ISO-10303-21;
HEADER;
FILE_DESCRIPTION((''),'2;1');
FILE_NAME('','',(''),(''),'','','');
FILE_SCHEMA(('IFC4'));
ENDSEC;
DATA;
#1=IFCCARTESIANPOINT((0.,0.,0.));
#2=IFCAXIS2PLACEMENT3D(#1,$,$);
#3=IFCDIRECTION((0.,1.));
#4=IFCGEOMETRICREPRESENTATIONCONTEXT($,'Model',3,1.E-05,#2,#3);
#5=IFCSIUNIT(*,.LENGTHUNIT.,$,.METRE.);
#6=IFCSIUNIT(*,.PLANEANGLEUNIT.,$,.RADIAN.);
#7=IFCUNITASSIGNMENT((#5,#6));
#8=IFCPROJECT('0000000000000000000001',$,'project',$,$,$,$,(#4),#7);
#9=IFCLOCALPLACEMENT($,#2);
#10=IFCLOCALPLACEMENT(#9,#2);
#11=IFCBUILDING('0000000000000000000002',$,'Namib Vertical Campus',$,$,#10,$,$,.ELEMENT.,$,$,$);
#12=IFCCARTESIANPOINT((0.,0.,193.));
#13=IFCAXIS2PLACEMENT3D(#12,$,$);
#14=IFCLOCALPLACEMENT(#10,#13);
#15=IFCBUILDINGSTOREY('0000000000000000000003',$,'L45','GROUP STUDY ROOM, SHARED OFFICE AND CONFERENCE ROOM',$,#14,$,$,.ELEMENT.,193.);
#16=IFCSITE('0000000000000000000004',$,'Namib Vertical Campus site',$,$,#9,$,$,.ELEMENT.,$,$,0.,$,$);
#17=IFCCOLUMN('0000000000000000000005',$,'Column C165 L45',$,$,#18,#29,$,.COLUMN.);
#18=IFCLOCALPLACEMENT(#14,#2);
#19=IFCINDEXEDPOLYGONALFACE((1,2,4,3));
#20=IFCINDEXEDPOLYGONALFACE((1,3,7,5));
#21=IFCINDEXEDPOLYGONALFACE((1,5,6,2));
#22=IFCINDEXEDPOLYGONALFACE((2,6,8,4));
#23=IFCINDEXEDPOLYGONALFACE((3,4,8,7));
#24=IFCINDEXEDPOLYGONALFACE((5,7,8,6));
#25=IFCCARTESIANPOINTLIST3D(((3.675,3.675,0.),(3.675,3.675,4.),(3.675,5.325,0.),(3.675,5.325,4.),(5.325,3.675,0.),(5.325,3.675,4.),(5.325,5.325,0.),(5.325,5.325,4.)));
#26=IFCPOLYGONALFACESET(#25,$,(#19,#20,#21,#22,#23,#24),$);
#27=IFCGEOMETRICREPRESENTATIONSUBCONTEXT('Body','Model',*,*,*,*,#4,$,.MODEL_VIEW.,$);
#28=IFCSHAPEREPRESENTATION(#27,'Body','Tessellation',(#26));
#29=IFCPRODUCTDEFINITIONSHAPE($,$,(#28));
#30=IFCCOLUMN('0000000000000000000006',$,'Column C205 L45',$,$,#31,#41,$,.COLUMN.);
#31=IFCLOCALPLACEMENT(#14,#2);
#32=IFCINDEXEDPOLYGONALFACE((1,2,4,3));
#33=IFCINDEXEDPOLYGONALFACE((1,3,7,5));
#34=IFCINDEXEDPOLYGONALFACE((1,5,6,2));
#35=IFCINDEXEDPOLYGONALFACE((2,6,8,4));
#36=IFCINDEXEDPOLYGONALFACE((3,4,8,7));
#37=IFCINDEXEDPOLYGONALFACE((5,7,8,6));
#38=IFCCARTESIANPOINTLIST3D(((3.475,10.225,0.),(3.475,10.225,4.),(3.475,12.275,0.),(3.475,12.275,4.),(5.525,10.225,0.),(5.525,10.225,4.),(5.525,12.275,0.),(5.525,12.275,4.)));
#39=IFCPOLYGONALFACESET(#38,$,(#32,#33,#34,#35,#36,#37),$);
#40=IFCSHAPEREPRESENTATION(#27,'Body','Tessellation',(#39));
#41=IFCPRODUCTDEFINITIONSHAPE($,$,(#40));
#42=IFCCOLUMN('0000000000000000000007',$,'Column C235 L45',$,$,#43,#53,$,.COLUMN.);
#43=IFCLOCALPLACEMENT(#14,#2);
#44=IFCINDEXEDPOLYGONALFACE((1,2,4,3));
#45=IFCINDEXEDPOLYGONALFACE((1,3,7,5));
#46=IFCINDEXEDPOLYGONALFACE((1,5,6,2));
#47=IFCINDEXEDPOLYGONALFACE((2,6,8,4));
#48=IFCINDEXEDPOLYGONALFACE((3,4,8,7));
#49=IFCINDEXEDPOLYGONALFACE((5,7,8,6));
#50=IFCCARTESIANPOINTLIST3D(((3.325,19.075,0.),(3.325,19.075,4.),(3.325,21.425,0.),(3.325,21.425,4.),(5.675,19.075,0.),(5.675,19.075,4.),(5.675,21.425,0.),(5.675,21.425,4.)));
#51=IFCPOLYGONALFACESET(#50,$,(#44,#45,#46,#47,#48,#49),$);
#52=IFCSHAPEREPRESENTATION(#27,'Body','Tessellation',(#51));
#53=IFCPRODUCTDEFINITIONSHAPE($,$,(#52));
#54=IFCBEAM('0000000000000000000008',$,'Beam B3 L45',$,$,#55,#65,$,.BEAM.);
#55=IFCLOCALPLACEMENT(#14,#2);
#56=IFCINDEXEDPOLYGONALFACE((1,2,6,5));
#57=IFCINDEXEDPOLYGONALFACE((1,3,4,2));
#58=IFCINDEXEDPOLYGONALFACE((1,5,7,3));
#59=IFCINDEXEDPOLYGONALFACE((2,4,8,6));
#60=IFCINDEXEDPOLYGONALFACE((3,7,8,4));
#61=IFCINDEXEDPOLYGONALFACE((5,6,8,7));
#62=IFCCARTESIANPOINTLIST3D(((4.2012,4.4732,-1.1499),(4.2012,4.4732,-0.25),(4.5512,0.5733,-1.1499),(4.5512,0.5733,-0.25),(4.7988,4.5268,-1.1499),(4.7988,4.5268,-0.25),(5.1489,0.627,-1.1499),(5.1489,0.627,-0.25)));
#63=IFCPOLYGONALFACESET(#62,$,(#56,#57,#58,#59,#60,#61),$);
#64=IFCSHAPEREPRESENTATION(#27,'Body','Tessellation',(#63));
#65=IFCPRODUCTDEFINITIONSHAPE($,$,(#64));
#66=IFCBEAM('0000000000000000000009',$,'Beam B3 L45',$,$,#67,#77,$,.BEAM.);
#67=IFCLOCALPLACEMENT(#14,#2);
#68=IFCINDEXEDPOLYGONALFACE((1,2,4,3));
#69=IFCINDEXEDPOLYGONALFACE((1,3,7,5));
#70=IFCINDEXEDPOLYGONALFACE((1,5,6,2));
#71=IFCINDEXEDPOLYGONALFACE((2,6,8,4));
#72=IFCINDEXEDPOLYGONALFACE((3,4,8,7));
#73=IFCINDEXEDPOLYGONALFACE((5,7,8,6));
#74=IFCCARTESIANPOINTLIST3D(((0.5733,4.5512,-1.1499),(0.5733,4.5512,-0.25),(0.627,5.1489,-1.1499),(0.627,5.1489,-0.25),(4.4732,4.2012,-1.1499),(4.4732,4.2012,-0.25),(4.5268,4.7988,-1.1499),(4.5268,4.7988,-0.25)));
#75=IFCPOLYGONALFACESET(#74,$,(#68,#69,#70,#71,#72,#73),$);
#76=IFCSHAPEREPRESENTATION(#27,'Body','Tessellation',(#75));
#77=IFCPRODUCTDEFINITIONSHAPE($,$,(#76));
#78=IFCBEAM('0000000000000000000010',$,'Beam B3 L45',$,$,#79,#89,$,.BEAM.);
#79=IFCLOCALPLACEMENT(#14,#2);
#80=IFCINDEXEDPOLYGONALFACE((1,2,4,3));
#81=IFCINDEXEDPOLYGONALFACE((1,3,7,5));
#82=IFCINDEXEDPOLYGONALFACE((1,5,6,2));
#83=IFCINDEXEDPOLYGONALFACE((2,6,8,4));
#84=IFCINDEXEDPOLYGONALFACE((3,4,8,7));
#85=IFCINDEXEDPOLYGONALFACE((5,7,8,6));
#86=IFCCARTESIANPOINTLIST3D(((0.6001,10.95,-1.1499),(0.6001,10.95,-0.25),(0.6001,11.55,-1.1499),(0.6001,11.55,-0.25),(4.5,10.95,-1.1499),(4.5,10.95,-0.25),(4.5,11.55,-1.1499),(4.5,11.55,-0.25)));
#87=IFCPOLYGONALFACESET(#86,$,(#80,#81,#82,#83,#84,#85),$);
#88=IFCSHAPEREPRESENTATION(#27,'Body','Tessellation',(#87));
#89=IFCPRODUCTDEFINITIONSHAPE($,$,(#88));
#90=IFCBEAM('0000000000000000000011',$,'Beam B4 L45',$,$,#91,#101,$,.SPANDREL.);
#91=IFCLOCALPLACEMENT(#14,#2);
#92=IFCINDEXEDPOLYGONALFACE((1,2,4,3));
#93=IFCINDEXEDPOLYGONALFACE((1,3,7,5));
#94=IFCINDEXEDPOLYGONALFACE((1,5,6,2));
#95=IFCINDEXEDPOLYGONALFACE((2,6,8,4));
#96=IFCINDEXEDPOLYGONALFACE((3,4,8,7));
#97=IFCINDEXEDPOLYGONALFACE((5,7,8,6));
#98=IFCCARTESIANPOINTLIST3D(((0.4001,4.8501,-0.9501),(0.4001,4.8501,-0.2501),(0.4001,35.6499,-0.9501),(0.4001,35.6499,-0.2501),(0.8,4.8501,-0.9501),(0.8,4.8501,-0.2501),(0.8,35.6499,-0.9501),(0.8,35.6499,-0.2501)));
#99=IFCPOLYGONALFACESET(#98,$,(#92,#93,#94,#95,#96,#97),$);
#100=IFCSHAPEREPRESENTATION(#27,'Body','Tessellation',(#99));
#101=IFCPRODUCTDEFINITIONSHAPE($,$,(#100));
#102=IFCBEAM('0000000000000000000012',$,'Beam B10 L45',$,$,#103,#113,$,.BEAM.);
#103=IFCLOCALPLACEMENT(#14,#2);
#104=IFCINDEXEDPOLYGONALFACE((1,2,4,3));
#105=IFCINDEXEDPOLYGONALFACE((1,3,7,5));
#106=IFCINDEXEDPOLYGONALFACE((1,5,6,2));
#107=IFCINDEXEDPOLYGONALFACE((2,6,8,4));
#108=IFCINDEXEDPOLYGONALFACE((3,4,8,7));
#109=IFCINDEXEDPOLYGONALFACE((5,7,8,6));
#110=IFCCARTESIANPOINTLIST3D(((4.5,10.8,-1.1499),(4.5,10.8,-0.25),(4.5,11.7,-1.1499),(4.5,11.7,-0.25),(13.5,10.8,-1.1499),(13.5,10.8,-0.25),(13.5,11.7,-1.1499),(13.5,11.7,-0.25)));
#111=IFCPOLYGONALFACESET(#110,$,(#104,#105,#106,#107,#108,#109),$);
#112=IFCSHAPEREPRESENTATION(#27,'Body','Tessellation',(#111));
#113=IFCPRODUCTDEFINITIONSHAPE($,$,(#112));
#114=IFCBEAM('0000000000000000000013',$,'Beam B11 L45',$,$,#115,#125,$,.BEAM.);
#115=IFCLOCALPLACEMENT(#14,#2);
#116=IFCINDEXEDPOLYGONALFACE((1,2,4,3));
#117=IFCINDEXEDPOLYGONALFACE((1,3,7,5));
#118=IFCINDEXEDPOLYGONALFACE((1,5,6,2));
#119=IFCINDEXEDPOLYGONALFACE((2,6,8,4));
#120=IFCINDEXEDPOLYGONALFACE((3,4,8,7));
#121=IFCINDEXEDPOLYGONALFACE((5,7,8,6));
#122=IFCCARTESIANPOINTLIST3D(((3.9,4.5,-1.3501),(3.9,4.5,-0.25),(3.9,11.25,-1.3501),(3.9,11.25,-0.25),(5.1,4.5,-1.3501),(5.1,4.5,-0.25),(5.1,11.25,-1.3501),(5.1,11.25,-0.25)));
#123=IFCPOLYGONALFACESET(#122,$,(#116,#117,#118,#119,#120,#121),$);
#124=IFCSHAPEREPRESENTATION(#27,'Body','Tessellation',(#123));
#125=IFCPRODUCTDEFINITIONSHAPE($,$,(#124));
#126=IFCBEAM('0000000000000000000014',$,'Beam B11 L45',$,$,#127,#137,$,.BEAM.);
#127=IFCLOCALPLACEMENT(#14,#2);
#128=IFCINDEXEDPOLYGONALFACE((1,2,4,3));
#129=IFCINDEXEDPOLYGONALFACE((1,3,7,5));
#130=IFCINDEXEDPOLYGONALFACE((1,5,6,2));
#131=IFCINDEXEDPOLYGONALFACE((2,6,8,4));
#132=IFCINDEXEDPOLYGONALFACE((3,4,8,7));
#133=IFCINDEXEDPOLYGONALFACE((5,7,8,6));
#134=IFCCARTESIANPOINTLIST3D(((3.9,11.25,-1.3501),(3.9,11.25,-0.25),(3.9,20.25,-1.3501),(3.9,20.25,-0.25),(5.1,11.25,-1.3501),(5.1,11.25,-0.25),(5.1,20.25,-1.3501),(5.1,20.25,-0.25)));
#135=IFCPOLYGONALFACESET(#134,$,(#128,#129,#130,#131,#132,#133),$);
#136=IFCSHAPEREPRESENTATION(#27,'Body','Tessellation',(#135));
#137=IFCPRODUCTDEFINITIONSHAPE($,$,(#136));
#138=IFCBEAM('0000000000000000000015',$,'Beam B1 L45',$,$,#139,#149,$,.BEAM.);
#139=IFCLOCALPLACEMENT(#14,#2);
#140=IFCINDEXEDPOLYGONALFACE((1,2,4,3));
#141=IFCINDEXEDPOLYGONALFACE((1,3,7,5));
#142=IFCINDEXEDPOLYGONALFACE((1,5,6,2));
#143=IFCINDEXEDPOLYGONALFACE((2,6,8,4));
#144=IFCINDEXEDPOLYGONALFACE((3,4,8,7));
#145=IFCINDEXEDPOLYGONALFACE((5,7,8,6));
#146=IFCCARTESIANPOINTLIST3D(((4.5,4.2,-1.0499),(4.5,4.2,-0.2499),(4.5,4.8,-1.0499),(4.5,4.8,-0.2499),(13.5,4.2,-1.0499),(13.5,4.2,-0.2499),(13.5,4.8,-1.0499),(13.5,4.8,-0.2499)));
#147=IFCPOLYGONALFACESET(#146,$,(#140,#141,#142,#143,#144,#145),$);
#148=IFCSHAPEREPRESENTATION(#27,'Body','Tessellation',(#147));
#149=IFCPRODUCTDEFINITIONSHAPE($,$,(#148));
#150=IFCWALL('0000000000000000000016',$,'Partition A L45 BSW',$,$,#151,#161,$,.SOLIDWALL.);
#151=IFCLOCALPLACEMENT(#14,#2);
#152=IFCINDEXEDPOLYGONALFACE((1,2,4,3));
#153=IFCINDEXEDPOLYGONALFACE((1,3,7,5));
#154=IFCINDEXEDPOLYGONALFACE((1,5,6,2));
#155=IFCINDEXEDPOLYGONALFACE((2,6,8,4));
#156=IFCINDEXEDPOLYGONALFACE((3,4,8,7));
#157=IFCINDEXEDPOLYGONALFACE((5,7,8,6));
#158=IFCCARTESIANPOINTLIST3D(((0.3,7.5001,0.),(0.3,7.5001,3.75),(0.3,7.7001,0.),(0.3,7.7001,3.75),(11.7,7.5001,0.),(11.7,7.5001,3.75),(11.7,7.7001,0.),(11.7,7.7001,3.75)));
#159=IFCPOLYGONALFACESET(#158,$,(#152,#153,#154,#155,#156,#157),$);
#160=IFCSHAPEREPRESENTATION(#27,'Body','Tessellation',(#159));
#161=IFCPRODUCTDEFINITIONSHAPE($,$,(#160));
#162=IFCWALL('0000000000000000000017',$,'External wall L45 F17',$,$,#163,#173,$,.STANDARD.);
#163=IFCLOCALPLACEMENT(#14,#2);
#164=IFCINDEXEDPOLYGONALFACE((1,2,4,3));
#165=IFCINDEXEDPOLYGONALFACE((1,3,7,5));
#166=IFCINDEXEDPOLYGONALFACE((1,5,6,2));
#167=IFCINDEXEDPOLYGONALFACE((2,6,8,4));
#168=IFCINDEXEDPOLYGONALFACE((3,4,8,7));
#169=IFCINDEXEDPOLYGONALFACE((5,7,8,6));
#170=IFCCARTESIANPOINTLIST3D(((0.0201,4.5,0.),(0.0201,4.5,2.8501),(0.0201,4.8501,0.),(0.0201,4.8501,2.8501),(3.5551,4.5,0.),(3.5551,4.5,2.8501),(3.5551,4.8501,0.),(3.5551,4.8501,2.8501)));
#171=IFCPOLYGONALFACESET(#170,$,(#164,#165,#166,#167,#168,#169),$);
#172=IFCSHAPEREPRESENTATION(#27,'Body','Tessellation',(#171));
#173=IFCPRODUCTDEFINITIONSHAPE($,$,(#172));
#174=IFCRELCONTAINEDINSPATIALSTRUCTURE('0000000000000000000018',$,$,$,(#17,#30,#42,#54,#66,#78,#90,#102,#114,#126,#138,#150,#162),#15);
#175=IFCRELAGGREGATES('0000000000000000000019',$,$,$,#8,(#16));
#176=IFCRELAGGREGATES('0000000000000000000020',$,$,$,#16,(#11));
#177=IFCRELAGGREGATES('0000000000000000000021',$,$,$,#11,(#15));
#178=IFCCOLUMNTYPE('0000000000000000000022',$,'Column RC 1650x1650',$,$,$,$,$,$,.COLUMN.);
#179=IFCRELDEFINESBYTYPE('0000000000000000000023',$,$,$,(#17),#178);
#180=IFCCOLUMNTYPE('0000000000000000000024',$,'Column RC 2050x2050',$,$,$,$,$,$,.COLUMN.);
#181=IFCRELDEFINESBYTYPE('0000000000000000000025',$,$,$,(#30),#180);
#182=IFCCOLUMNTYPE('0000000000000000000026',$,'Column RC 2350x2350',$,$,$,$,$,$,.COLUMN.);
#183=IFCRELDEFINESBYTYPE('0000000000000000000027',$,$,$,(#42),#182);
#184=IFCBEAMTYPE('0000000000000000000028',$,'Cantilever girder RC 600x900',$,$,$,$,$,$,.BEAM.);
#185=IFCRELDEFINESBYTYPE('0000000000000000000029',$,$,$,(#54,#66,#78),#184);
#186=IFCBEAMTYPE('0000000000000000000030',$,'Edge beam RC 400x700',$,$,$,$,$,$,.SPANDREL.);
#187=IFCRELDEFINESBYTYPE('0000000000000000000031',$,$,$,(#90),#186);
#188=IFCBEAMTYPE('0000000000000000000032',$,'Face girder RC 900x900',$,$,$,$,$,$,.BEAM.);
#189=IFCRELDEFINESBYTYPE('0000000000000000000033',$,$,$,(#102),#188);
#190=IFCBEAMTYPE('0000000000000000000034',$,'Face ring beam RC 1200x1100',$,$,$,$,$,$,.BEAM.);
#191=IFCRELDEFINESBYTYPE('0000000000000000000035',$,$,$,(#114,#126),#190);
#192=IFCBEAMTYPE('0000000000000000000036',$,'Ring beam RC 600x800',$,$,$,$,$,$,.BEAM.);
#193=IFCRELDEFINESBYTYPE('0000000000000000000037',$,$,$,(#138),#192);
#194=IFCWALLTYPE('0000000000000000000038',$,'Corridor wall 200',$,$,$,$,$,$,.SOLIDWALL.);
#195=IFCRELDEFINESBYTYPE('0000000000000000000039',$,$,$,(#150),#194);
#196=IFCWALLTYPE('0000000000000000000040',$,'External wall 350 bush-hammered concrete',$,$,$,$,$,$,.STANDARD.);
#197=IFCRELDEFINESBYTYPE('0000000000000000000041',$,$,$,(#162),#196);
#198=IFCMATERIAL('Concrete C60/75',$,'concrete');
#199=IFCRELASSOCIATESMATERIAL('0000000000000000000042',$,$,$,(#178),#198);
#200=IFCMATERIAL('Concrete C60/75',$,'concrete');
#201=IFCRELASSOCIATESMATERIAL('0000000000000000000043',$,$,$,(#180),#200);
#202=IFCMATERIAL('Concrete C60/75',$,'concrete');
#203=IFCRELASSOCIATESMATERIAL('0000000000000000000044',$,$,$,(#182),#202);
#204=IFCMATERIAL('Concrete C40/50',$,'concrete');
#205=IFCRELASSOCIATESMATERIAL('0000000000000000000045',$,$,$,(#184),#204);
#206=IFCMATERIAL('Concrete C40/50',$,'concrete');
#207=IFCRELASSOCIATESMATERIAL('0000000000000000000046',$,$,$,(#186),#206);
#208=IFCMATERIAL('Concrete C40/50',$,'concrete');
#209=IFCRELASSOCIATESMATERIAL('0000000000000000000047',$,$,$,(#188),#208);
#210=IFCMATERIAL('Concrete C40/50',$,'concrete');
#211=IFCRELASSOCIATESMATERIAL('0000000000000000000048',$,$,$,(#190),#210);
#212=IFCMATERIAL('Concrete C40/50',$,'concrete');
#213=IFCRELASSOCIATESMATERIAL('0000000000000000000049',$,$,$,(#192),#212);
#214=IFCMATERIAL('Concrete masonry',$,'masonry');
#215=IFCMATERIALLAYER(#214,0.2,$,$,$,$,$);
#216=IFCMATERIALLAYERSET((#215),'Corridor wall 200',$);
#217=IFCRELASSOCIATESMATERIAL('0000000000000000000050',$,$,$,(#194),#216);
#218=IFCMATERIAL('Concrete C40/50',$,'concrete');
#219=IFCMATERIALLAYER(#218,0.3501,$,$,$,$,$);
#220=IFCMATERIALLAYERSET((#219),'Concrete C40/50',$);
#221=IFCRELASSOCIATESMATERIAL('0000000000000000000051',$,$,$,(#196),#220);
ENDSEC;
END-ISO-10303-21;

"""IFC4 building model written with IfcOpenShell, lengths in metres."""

from ifc_helpers import new_model, si_unit, direction, frame, frame_2d, origin, origin_2d, place, context, subcontext, project, spatial, rectangle, extrude, material, layer, layer_set, material_profile, profile_set, type_object, element, save


model = new_model("IFC4")

# Units and contexts
model_context = context("Model", 3, precision=1e-05, world=origin(), true_north=direction((0.0, 1.0)))
body_context = subcontext(model_context, "Body", "Model", "MODEL_VIEW")
ifc_project = project(units=[si_unit("LENGTHUNIT", "METRE"), si_unit("PLANEANGLEUNIT", "RADIAN")], contexts=[model_context])

# Site, building, storey
site_placement = place(None, origin())
site = spatial("IfcSite", under=ifc_project, at=site_placement, Name="Namib Vertical Campus site", CompositionType="ELEMENT", RefElevation=0.0)
building_placement = place(site_placement, origin())
building = spatial("IfcBuilding", under=site, at=building_placement, Name="Namib Vertical Campus", CompositionType="ELEMENT")
storey_placement = place(building_placement, frame((0.0, 0.0, 193.0)))
storey = spatial("IfcBuildingStorey", under=building, at=storey_placement, Name="L45", Description="GROUP STUDY ROOM, SHARED OFFICE AND CONFERENCE ROOM", CompositionType="ELEMENT", Elevation=193.0)

# Columns
ifc_material_1 = material(Name="Concrete C60/75", Category="concrete")
ifc_material_profile_1 = material_profile(ifc_material_1, rectangle(XDim=1.6499, YDim=1.6499, at=origin_2d()))
ifc_profile_set_1 = profile_set([ifc_material_profile_1], Name="Concrete C60/75")
column_type_1 = type_object("IfcColumnType", Name="Column RC 1650x1650", PredefinedType="COLUMN", material=ifc_profile_set_1)
column_1_placement = place(storey_placement, frame((4.5, 4.5, 0.0), z_axis=(0.0, 0.0, 1.0), x_axis=(1.0, 0.0, 0.0)))
element("IfcColumn", 1, at=column_1_placement, inside=storey, type_object=column_type_1, Name="Column C165 L45", PredefinedType="COLUMN", context=body_context, shape_type="SweptSolid", body=[
    extrude(rectangle(XDim=1.6499, YDim=1.6499, at=origin_2d()), origin(), (0.0, 0.0, 1.0), 4.0),
])
ifc_material_2 = material(Name="Concrete C60/75", Category="concrete")
ifc_material_profile_2 = material_profile(ifc_material_2, rectangle(XDim=2.05, YDim=2.05, at=origin_2d()))
ifc_profile_set_2 = profile_set([ifc_material_profile_2], Name="Concrete C60/75")
column_type_2 = type_object("IfcColumnType", Name="Column RC 2050x2050", PredefinedType="COLUMN", material=ifc_profile_set_2)
column_2_placement = place(storey_placement, frame((4.5, 11.25, 0.0), z_axis=(0.0, 0.0, 1.0), x_axis=(1.0, 0.0, 0.0)))
element("IfcColumn", 2, at=column_2_placement, inside=storey, type_object=column_type_2, Name="Column C205 L45", PredefinedType="COLUMN", context=body_context, shape_type="SweptSolid", body=[
    extrude(rectangle(XDim=2.05, YDim=2.05, at=origin_2d()), origin(), (0.0, 0.0, 1.0), 4.0),
])
ifc_material_3 = material(Name="Concrete C60/75", Category="concrete")
ifc_material_profile_3 = material_profile(ifc_material_3, rectangle(XDim=2.3501, YDim=2.3501, at=origin_2d()))
ifc_profile_set_3 = profile_set([ifc_material_profile_3], Name="Concrete C60/75")
column_type_3 = type_object("IfcColumnType", Name="Column RC 2350x2350", PredefinedType="COLUMN", material=ifc_profile_set_3)
column_3_placement = place(storey_placement, frame((4.5, 20.25, 0.0), z_axis=(0.0, 0.0, 1.0), x_axis=(1.0, 0.0, 0.0)))
element("IfcColumn", 3, at=column_3_placement, inside=storey, type_object=column_type_3, Name="Column C235 L45", PredefinedType="COLUMN", context=body_context, shape_type="SweptSolid", body=[
    extrude(rectangle(XDim=2.3501, YDim=2.3501, at=origin_2d()), origin(), (0.0, 0.0, 1.0), 4.0),
])

# Beams
ifc_material_4 = material(Name="Concrete C40/50", Category="concrete")
ifc_material_profile_4 = material_profile(ifc_material_4, rectangle(XDim=0.6001, YDim=0.8999, at=origin_2d()))
ifc_profile_set_4 = profile_set([ifc_material_profile_4], Name="Concrete C40/50")
beam_type_1 = type_object("IfcBeamType", Name="Cantilever girder RC 600x900", PredefinedType="BEAM", material=ifc_profile_set_4)
for number, where, z_axis, x_axis, name in (
    (4, (4.5, 4.5, -0.7), (0.089411, -0.995995, 0.0), (0.995995, 0.089411, 0.0), "Beam B3 L45"),
    (5, (4.5, 4.5, -0.7), (-0.995995, 0.089411, 0.0), (-0.089411, -0.995995, 0.0), "Beam B3 L45"),
):
    element("IfcBeam", number, at=place(storey_placement, frame(where, z_axis=z_axis, x_axis=x_axis)), inside=storey, type_object=beam_type_1, Name=name, PredefinedType="BEAM", context=body_context, shape_type="SweptSolid", body=[
        extrude(rectangle(XDim=0.6001, YDim=0.8999, at=origin_2d()), origin(), (0.0, 0.0, 1.0), 3.9155),
    ])
beam_1_placement = place(storey_placement, frame((4.5, 11.25, -0.7), z_axis=(-1.0, 0.0, 0.0), x_axis=(0.0, -1.0, 0.0)))
element("IfcBeam", 6, at=beam_1_placement, inside=storey, type_object=beam_type_1, Name="Beam B3 L45", PredefinedType="BEAM", context=body_context, shape_type="SweptSolid", body=[
    extrude(rectangle(XDim=0.6001, YDim=0.8999, at=origin_2d()), origin(), (0.0, 0.0, 1.0), 3.8999),
])
ifc_material_5 = material(Name="Concrete C40/50", Category="concrete")
ifc_material_profile_5 = material_profile(ifc_material_5, rectangle(XDim=0.3999, YDim=0.7, at=origin_2d()))
ifc_profile_set_5 = profile_set([ifc_material_profile_5], Name="Concrete C40/50")
beam_type_2 = type_object("IfcBeamType", Name="Edge beam RC 400x700", PredefinedType="SPANDREL", material=ifc_profile_set_5)
beam_2_placement = place(storey_placement, frame((0.6001, 4.8501, -0.6001), z_axis=(0.0, 1.0, 0.0), x_axis=(-1.0, 0.0, 0.0)))
element("IfcBeam", 7, at=beam_2_placement, inside=storey, type_object=beam_type_2, Name="Beam B4 L45", PredefinedType="SPANDREL", context=body_context, shape_type="SweptSolid", body=[
    extrude(rectangle(XDim=0.3999, YDim=0.7, at=origin_2d()), origin(), (0.0, 0.0, 1.0), 30.7998),
])
ifc_material_6 = material(Name="Concrete C40/50", Category="concrete")
ifc_material_profile_6 = material_profile(ifc_material_6, rectangle(XDim=0.8999, YDim=0.8999, at=origin_2d()))
ifc_profile_set_6 = profile_set([ifc_material_profile_6], Name="Concrete C40/50")
beam_type_3 = type_object("IfcBeamType", Name="Face girder RC 900x900", PredefinedType="BEAM", material=ifc_profile_set_6)
beam_3_placement = place(storey_placement, frame((4.5, 11.25, -0.7), z_axis=(1.0, 0.0, 0.0), x_axis=(0.0, 1.0, 0.0)))
element("IfcBeam", 8, at=beam_3_placement, inside=storey, type_object=beam_type_3, Name="Beam B10 L45", PredefinedType="BEAM", context=body_context, shape_type="SweptSolid", body=[
    extrude(rectangle(XDim=0.8999, YDim=0.8999, at=origin_2d()), origin(), (0.0, 0.0, 1.0), 9.0),
])
ifc_material_7 = material(Name="Concrete C40/50", Category="concrete")
ifc_material_profile_7 = material_profile(ifc_material_7, rectangle(XDim=1.2, YDim=1.1001, at=origin_2d()))
ifc_profile_set_7 = profile_set([ifc_material_profile_7], Name="Concrete C40/50")
beam_type_4 = type_object("IfcBeamType", Name="Face ring beam RC 1200x1100", PredefinedType="BEAM", material=ifc_profile_set_7)
beam_4_placement = place(storey_placement, frame((4.5, 4.5, -0.8), z_axis=(0.0, 1.0, 0.0), x_axis=(-1.0, 0.0, 0.0)))
element("IfcBeam", 9, at=beam_4_placement, inside=storey, type_object=beam_type_4, Name="Beam B11 L45", PredefinedType="BEAM", context=body_context, shape_type="SweptSolid", body=[
    extrude(rectangle(XDim=1.2, YDim=1.1001, at=origin_2d()), origin(), (0.0, 0.0, 1.0), 6.75),
])
beam_5_placement = place(storey_placement, frame((4.5, 11.25, -0.8), z_axis=(0.0, 1.0, 0.0), x_axis=(-1.0, 0.0, 0.0)))
element("IfcBeam", 10, at=beam_5_placement, inside=storey, type_object=beam_type_4, Name="Beam B11 L45", PredefinedType="BEAM", context=body_context, shape_type="SweptSolid", body=[
    extrude(rectangle(XDim=1.2, YDim=1.1001, at=origin_2d()), origin(), (0.0, 0.0, 1.0), 9.0),
])
ifc_material_8 = material(Name="Concrete C40/50", Category="concrete")
ifc_material_profile_8 = material_profile(ifc_material_8, rectangle(XDim=0.6001, YDim=0.8, at=origin_2d()))
ifc_profile_set_8 = profile_set([ifc_material_profile_8], Name="Concrete C40/50")
beam_type_5 = type_object("IfcBeamType", Name="Ring beam RC 600x800", PredefinedType="BEAM", material=ifc_profile_set_8)
beam_6_placement = place(storey_placement, frame((4.5, 4.5, -0.6499), z_axis=(1.0, 0.0, 0.0), x_axis=(0.0, 1.0, 0.0)))
element("IfcBeam", 11, at=beam_6_placement, inside=storey, type_object=beam_type_5, Name="Beam B1 L45", PredefinedType="BEAM", context=body_context, shape_type="SweptSolid", body=[
    extrude(rectangle(XDim=0.6001, YDim=0.8, at=origin_2d()), origin(), (0.0, 0.0, 1.0), 9.0),
])

# Walls
ifc_material_9 = material(Name="Concrete masonry", Category="masonry")
ifc_layer_1 = layer(ifc_material_9, 0.2)
ifc_layer_set_1 = layer_set([ifc_layer_1], Name="Corridor wall 200")
wall_type_1 = type_object("IfcWallType", Name="Corridor wall 200", PredefinedType="SOLIDWALL", material=ifc_layer_set_1)
wall_1_placement = place(storey_placement, frame((0.3, 7.6001, 0.0), z_axis=(0.0, 0.0, 1.0), x_axis=(1.0, 0.0, 0.0)))
element("IfcWall", 12, at=wall_1_placement, inside=storey, type_object=wall_type_1, Name="Partition A L45 BSW", PredefinedType="SOLIDWALL", context=body_context, shape_type="SweptSolid", body=[
    extrude(rectangle(XDim=11.3999, YDim=0.2, at=frame_2d((5.7, 0.0))), origin(), (0.0, 0.0, 1.0), 3.75),
])
ifc_material_10 = material(Name="Concrete C40/50", Category="concrete")
ifc_layer_2 = layer(ifc_material_10, 0.3501)
ifc_layer_set_2 = layer_set([ifc_layer_2], Name="Concrete C40/50")
wall_type_2 = type_object("IfcWallType", Name="External wall 350 bush-hammered concrete", PredefinedType="STANDARD", material=ifc_layer_set_2)
wall_2_placement = place(storey_placement, frame((0.02, 4.675, 0.0), z_axis=(0.0, 0.0, 1.0), x_axis=(1.0, 0.0, 0.0)))
element("IfcWall", 13, at=wall_2_placement, inside=storey, type_object=wall_type_2, Name="External wall L45 F17", PredefinedType="STANDARD", context=body_context, shape_type="SweptSolid", body=[
    extrude(rectangle(XDim=3.5349, YDim=0.3501, at=frame_2d((1.7676, 0.0))), origin(), (0.0, 0.0, 1.0), 2.8501),
])

save(model, "model.ifc")
